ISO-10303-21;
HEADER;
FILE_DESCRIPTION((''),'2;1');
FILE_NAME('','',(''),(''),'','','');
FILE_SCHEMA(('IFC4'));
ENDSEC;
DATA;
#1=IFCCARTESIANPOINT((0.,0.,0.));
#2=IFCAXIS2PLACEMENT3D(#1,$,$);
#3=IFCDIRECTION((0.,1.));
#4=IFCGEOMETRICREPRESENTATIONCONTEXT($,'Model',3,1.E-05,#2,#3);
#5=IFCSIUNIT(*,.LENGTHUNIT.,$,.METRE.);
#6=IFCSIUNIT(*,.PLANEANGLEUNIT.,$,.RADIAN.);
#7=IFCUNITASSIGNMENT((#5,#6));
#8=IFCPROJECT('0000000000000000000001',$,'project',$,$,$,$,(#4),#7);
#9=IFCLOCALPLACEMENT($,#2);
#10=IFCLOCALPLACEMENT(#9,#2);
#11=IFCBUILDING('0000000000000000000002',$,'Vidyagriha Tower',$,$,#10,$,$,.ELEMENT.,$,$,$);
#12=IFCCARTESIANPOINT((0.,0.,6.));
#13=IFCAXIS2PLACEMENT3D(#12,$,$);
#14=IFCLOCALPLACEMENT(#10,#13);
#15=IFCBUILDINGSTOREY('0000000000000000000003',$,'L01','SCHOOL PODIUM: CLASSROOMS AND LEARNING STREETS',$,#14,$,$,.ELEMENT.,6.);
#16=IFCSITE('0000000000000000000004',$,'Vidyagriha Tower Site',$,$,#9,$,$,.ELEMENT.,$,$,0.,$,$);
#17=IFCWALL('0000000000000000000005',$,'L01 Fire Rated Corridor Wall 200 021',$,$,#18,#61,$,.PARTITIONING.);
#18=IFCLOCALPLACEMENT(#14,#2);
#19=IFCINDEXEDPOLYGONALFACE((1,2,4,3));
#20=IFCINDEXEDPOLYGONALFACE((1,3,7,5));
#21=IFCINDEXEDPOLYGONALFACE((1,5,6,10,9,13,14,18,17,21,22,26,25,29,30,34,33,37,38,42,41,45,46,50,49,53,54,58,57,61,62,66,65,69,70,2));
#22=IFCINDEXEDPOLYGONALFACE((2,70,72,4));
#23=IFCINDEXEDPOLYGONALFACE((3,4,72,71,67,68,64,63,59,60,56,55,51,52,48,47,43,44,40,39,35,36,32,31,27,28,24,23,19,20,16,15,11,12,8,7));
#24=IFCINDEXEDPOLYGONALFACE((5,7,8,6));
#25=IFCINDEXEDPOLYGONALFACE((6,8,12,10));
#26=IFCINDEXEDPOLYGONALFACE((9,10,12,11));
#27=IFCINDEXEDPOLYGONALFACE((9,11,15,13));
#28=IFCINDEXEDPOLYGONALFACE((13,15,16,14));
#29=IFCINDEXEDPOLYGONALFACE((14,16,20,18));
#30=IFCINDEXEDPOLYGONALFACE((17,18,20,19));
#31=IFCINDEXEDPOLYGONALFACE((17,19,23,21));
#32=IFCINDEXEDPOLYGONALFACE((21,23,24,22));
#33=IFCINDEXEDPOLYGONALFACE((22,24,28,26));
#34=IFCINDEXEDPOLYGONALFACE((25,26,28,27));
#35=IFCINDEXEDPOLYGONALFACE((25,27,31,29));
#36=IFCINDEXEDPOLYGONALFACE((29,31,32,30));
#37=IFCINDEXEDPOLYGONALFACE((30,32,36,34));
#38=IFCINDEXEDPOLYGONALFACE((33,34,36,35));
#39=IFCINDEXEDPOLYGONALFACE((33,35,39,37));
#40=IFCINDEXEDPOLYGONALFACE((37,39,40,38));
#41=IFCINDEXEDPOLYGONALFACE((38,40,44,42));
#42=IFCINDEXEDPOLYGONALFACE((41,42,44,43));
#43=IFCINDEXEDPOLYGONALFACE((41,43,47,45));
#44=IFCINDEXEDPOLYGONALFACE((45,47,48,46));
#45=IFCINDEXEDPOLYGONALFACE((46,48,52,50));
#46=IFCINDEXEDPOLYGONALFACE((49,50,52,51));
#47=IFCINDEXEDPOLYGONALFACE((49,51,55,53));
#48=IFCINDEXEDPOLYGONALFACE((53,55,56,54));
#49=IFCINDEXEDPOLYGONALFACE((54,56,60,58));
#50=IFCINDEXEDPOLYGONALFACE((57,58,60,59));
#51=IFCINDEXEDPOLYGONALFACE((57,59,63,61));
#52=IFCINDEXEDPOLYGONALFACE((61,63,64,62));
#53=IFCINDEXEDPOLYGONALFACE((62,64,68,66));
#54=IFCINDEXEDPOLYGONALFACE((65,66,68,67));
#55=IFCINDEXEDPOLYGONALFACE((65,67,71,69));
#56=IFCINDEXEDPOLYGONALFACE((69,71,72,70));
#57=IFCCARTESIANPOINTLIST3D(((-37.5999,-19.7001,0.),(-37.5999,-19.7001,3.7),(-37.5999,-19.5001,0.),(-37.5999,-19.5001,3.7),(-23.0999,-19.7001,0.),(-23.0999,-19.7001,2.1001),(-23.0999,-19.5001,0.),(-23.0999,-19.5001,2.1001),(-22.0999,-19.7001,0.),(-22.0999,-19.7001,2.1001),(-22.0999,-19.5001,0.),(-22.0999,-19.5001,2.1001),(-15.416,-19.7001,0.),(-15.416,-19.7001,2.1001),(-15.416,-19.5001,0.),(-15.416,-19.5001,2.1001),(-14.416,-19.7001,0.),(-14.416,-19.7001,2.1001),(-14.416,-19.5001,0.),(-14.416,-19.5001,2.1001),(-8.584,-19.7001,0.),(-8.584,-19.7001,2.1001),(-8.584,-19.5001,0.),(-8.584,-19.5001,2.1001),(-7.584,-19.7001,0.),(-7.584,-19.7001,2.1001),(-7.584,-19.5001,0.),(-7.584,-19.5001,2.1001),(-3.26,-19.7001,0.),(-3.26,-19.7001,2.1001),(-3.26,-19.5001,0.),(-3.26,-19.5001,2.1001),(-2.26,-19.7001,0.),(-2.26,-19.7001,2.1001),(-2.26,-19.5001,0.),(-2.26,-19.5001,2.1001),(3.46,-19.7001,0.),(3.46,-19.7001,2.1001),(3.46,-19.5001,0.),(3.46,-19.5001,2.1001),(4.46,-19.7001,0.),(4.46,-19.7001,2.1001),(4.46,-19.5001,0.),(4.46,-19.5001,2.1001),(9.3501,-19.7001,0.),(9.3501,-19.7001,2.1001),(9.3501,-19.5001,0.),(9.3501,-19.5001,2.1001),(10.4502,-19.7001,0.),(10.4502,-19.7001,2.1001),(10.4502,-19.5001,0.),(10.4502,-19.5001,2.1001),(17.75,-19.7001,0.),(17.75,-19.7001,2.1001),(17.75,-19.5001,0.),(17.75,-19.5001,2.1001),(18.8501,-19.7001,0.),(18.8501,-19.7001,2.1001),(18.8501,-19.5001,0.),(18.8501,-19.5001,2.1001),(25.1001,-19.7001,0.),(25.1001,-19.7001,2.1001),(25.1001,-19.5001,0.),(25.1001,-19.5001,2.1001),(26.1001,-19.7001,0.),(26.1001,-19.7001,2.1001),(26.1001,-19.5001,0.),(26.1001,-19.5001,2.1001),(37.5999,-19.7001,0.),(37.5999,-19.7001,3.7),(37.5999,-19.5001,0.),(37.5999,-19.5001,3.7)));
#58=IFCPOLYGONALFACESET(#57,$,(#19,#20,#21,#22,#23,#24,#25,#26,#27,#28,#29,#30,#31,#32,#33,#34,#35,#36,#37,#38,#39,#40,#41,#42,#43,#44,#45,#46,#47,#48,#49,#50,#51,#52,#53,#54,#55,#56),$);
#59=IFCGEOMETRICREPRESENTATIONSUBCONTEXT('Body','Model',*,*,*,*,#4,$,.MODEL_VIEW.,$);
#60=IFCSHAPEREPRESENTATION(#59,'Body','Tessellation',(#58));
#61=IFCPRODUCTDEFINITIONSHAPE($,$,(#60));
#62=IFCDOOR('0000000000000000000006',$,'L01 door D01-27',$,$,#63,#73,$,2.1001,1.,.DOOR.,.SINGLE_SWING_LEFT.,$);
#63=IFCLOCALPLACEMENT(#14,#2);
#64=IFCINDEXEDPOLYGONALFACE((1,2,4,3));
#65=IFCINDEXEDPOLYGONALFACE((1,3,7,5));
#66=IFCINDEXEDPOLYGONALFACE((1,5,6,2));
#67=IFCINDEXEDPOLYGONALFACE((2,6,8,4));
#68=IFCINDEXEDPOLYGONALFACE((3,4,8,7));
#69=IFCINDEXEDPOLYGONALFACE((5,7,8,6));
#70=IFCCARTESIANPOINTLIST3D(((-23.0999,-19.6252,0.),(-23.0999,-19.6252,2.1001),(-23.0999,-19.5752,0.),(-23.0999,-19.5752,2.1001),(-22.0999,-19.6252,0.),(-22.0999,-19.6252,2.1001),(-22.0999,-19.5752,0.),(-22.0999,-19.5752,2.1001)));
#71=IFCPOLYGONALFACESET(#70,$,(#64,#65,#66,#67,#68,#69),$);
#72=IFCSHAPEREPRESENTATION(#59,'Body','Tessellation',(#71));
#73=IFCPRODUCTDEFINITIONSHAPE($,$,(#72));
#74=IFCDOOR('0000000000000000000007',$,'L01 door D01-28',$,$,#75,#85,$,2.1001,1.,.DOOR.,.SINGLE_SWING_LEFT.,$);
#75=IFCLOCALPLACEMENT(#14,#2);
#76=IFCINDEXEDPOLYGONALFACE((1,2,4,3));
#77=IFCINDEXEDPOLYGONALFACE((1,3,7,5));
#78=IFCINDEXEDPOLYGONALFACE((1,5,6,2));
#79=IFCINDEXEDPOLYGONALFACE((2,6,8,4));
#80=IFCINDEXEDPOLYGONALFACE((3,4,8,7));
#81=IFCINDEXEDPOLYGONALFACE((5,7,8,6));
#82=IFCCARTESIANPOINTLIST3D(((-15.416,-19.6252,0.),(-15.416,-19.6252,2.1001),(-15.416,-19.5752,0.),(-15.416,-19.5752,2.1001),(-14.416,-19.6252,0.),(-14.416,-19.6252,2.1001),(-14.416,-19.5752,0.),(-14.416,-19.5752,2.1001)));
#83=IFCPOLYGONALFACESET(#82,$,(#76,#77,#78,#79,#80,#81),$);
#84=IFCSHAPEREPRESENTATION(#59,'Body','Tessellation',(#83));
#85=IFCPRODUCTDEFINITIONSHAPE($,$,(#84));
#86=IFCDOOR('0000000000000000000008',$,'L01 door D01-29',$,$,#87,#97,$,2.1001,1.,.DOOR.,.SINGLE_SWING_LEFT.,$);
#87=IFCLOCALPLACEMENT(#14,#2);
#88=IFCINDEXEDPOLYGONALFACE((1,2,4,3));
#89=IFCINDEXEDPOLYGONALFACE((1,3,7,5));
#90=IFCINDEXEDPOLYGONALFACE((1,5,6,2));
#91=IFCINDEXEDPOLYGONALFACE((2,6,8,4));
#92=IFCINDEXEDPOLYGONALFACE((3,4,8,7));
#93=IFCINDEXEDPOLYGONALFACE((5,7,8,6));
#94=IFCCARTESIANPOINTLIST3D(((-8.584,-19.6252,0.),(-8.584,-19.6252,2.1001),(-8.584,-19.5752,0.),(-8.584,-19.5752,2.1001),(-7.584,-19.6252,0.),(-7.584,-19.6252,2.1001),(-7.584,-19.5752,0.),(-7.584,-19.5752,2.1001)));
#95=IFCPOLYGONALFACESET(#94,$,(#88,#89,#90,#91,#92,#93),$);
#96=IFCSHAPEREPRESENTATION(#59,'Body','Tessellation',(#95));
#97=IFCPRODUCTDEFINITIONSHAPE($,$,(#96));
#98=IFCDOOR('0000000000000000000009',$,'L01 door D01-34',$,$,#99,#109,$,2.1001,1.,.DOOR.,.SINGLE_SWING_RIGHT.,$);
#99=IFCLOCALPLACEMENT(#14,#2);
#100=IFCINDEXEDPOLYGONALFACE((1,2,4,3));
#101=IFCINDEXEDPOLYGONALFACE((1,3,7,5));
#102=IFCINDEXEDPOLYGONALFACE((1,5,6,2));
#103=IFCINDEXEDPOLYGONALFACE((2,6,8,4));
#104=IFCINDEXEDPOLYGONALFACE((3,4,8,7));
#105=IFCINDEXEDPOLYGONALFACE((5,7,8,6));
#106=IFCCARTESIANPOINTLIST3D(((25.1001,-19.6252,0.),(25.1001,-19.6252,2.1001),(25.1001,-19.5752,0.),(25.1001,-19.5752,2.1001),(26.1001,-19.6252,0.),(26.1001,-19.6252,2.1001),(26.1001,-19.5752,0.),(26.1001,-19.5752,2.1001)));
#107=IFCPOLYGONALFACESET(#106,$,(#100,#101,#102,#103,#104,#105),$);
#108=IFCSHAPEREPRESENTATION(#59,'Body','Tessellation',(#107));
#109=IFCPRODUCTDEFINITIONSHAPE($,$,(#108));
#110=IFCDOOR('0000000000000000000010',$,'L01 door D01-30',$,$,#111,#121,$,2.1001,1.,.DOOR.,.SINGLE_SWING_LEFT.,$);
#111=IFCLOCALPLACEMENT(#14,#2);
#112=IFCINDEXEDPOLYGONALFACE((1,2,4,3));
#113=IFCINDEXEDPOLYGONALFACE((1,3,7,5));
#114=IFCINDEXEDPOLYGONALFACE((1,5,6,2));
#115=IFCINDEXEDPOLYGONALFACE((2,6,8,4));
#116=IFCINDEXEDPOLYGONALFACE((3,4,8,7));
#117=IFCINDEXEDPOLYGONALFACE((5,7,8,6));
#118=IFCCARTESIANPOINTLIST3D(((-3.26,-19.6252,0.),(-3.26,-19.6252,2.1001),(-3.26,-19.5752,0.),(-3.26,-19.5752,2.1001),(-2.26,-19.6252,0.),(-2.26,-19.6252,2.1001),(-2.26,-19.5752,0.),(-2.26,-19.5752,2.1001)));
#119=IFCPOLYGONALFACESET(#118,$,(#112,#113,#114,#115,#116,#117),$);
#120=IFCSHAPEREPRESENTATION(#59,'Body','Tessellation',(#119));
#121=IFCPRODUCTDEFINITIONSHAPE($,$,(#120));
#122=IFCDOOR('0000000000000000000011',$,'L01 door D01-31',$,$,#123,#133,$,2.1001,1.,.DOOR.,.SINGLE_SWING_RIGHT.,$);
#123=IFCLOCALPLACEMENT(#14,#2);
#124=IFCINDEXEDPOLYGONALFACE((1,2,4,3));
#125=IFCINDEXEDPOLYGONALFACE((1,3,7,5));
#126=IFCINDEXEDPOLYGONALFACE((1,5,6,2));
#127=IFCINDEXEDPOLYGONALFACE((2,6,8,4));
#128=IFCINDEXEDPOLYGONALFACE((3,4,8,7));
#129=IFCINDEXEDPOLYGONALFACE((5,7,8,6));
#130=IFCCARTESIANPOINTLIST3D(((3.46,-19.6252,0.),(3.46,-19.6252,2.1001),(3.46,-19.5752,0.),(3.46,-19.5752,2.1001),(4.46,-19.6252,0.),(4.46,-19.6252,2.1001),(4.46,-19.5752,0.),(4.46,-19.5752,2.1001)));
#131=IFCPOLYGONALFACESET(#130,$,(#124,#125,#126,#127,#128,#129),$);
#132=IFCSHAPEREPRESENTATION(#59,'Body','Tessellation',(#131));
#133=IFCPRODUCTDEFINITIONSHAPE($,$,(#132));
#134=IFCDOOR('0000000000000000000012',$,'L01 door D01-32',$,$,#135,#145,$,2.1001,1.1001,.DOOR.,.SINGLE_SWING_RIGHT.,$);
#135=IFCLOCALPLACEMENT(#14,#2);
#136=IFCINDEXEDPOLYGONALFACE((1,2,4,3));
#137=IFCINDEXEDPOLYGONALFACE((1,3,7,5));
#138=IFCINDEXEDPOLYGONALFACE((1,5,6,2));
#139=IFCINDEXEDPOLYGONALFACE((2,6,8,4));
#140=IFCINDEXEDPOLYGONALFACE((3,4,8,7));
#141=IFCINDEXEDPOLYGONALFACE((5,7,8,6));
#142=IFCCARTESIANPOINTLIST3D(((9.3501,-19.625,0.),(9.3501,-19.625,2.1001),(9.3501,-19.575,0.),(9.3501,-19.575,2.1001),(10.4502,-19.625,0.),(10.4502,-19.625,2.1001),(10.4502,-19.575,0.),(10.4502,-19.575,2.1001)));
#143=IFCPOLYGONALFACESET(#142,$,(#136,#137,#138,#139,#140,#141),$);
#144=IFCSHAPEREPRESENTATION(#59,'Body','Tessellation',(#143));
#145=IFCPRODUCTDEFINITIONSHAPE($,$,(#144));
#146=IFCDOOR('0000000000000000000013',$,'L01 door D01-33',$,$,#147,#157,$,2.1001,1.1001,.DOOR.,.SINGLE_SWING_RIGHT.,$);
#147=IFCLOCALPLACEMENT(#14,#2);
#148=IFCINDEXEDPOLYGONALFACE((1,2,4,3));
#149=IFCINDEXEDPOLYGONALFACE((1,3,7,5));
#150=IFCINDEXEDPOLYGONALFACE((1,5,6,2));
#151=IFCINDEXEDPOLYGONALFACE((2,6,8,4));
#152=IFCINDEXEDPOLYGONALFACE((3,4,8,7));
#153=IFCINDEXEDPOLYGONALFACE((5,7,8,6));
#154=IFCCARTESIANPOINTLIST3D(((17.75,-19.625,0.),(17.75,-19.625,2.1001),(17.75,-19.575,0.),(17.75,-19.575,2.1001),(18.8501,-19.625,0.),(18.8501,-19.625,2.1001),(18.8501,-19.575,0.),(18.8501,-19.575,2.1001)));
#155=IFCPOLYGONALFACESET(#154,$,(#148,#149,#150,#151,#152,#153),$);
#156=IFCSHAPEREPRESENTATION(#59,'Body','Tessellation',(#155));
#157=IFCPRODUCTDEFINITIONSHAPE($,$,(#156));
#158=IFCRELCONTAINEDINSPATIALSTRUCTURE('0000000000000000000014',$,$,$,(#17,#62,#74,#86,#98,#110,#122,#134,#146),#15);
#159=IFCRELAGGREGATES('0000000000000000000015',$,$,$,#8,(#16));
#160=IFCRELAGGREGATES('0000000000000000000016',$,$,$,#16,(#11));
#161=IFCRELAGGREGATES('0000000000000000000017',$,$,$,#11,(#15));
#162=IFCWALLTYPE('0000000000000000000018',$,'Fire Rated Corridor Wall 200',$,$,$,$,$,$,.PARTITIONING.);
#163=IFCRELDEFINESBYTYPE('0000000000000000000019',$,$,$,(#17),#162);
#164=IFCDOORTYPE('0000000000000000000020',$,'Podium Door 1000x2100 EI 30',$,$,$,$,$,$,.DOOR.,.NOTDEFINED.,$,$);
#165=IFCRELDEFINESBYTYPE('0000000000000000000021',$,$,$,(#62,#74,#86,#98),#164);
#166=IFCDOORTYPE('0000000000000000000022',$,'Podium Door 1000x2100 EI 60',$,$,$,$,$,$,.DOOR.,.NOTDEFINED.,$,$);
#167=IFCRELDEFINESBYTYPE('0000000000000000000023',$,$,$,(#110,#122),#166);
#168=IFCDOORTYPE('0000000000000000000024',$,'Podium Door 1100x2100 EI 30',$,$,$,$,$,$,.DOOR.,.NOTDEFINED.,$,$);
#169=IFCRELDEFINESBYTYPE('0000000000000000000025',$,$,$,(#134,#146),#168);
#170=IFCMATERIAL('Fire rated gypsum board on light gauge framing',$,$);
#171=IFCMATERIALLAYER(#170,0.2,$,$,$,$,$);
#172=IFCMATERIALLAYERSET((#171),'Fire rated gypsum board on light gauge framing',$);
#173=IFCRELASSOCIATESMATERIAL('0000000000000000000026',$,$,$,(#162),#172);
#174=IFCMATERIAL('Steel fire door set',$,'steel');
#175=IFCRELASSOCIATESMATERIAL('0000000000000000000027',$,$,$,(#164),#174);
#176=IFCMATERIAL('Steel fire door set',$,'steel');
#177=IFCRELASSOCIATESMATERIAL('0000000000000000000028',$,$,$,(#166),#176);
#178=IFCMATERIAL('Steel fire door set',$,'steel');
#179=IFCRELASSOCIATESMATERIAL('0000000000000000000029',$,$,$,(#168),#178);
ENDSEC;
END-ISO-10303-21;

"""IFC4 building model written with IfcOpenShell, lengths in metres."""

from ifc_helpers import new_model, si_unit, direction, frame, frame_2d, origin, place, context, subcontext, project, spatial, rectangle, extrude, material, layer, layer_set, type_object, element, fill, save


model = new_model("IFC4")

# Units and contexts
model_context = context("Model", 3, precision=1e-05, world=origin(), true_north=direction((0.0, 1.0)))
body_context = subcontext(model_context, "Body", "Model", "MODEL_VIEW")
ifc_project = project(units=[si_unit("LENGTHUNIT", "METRE"), si_unit("PLANEANGLEUNIT", "RADIAN")], contexts=[model_context])

# Site, building, storey
site_placement = place(None, origin())
site = spatial("IfcSite", under=ifc_project, at=site_placement, Name="Vidyagriha Tower Site", CompositionType="ELEMENT", RefElevation=0.0)
building_placement = place(site_placement, origin())
building = spatial("IfcBuilding", under=site, at=building_placement, Name="Vidyagriha Tower", CompositionType="ELEMENT")
storey_placement = place(building_placement, frame((0.0, 0.0, 6.0)))
storey = spatial("IfcBuildingStorey", under=building, at=storey_placement, Name="L01", Description="SCHOOL PODIUM: CLASSROOMS AND LEARNING STREETS", CompositionType="ELEMENT", Elevation=6.0)

# Wall, openings, doors
ifc_material_1 = material(Name="Fire rated gypsum board on light gauge framing")
ifc_layer_1 = layer(ifc_material_1, 0.2)
ifc_layer_set_1 = layer_set([ifc_layer_1], Name="Fire rated gypsum board on light gauge framing")
wall_type = type_object("IfcWallType", Name="Fire Rated Corridor Wall 200", PredefinedType="PARTITIONING", material=ifc_layer_set_1)
wall_1_placement = place(storey_placement, frame((-37.5999, -19.6001, 0.0)))
wall_1 = element("IfcWall", 1, at=wall_1_placement, inside=storey, type_object=wall_type, Name="L01 Fire Rated Corridor Wall 200 021", PredefinedType="PARTITIONING", context=body_context, shape_type="SweptSolid", body=[
    extrude(rectangle(XDim=75.1997, YDim=0.2, at=frame_2d((37.5999, 0.0))), origin(), (0.0, 0.0, 1.0), 3.7),
])
opening_1_placement = place(wall_1_placement, frame((14.5, 0.0, 0.0)))
opening_1 = element("IfcOpeningElement", 2, at=opening_1_placement, cuts=wall_1, PredefinedType="OPENING", context=body_context, shape_type="SweptSolid", body=[
    extrude(rectangle(XDim=1.0, YDim=2.1001, at=frame_2d((0.5, 1.05))), frame((0.0, 0.1099, 0.0), z_axis=(0.0, -1.0, 0.0), x_axis=(1.0, 0.0, 0.0)), (0.0, 0.0, 1.0), 0.22),
])
opening_2_placement = place(wall_1_placement, frame((22.1838, 0.0, 0.0)))
opening_2 = element("IfcOpeningElement", 3, at=opening_2_placement, cuts=wall_1, PredefinedType="OPENING", context=body_context, shape_type="SweptSolid", body=[
    extrude(rectangle(XDim=1.0, YDim=2.1001, at=frame_2d((0.5, 1.05))), frame((0.0, 0.1099, 0.0), z_axis=(0.0, -1.0, 0.0), x_axis=(1.0, 0.0, 0.0)), (0.0, 0.0, 1.0), 0.22),
])
opening_3_placement = place(wall_1_placement, frame((29.0159, 0.0, 0.0)))
opening_3 = element("IfcOpeningElement", 4, at=opening_3_placement, cuts=wall_1, PredefinedType="OPENING", context=body_context, shape_type="SweptSolid", body=[
    extrude(rectangle(XDim=1.0, YDim=2.1001, at=frame_2d((0.5, 1.05))), frame((0.0, 0.1099, 0.0), z_axis=(0.0, -1.0, 0.0), x_axis=(1.0, 0.0, 0.0)), (0.0, 0.0, 1.0), 0.22),
])
opening_4_placement = place(wall_1_placement, frame((34.3398, 0.0, 0.0)))
opening_4 = element("IfcOpeningElement", 5, at=opening_4_placement, cuts=wall_1, PredefinedType="OPENING", context=body_context, shape_type="SweptSolid", body=[
    extrude(rectangle(XDim=1.0, YDim=2.1001, at=frame_2d((0.5, 1.05))), frame((0.0, 0.1099, 0.0), z_axis=(0.0, -1.0, 0.0), x_axis=(1.0, 0.0, 0.0)), (0.0, 0.0, 1.0), 0.22),
])
opening_5_placement = place(wall_1_placement, frame((41.0598, 0.0, 0.0)))
opening_5 = element("IfcOpeningElement", 6, at=opening_5_placement, cuts=wall_1, PredefinedType="OPENING", context=body_context, shape_type="SweptSolid", body=[
    extrude(rectangle(XDim=1.0, YDim=2.1001, at=frame_2d((0.5, 1.05))), frame((0.0, 0.1099, 0.0), z_axis=(0.0, -1.0, 0.0), x_axis=(1.0, 0.0, 0.0)), (0.0, 0.0, 1.0), 0.22),
])
opening_6_placement = place(wall_1_placement, frame((46.95, 0.0, 0.0)))
opening_6 = element("IfcOpeningElement", 7, at=opening_6_placement, cuts=wall_1, PredefinedType="OPENING", context=body_context, shape_type="SweptSolid", body=[
    extrude(rectangle(XDim=1.1001, YDim=2.1001, at=frame_2d((0.55, 1.05))), frame((0.0, 0.1099, 0.0), z_axis=(0.0, -1.0, 0.0), x_axis=(1.0, 0.0, 0.0)), (0.0, 0.0, 1.0), 0.22),
])
opening_7_placement = place(wall_1_placement, frame((55.3499, 0.0, 0.0)))
opening_7 = element("IfcOpeningElement", 8, at=opening_7_placement, cuts=wall_1, PredefinedType="OPENING", context=body_context, shape_type="SweptSolid", body=[
    extrude(rectangle(XDim=1.1001, YDim=2.1001, at=frame_2d((0.55, 1.05))), frame((0.0, 0.1099, 0.0), z_axis=(0.0, -1.0, 0.0), x_axis=(1.0, 0.0, 0.0)), (0.0, 0.0, 1.0), 0.22),
])
opening_8_placement = place(wall_1_placement, frame((62.7, 0.0, 0.0)))
opening_8 = element("IfcOpeningElement", 9, at=opening_8_placement, cuts=wall_1, PredefinedType="OPENING", context=body_context, shape_type="SweptSolid", body=[
    extrude(rectangle(XDim=1.0, YDim=2.1001, at=frame_2d((0.5, 1.05))), frame((0.0, 0.1099, 0.0), z_axis=(0.0, -1.0, 0.0), x_axis=(1.0, 0.0, 0.0)), (0.0, 0.0, 1.0), 0.22),
])
ifc_material_2 = material(Name="Steel fire door set", Category="steel")
door_type_1 = type_object("IfcDoorType", Name="Podium Door 1000x2100 EI 30", OperationType="NOTDEFINED", PredefinedType="DOOR", material=ifc_material_2)
door_1_placement = place(opening_1_placement, origin())
door_1 = element("IfcDoor", 10, at=door_1_placement, inside=storey, type_object=door_type_1, Name="L01 door D01-27", OperationType="SINGLE_SWING_LEFT", OverallHeight=2.1001, OverallWidth=1.0, PredefinedType="DOOR", context=body_context, shape_type="SweptSolid", body=[
    extrude(rectangle(XDim=1.0, YDim=2.1001, at=frame_2d((0.5, 1.05))), frame((0.0, 0.0249, 0.0), z_axis=(0.0, -1.0, 0.0), x_axis=(1.0, 0.0, 0.0)), (0.0, 0.0, 1.0), 0.05),
])
fill(opening_1, door_1)
door_2_placement = place(opening_2_placement, origin())
door_2 = element("IfcDoor", 11, at=door_2_placement, inside=storey, type_object=door_type_1, Name="L01 door D01-28", OperationType="SINGLE_SWING_LEFT", OverallHeight=2.1001, OverallWidth=1.0, PredefinedType="DOOR", context=body_context, shape_type="SweptSolid", body=[
    extrude(rectangle(XDim=1.0, YDim=2.1001, at=frame_2d((0.5, 1.05))), frame((0.0, 0.0249, 0.0), z_axis=(0.0, -1.0, 0.0), x_axis=(1.0, 0.0, 0.0)), (0.0, 0.0, 1.0), 0.05),
])
fill(opening_2, door_2)
door_3_placement = place(opening_3_placement, origin())
door_3 = element("IfcDoor", 12, at=door_3_placement, inside=storey, type_object=door_type_1, Name="L01 door D01-29", OperationType="SINGLE_SWING_LEFT", OverallHeight=2.1001, OverallWidth=1.0, PredefinedType="DOOR", context=body_context, shape_type="SweptSolid", body=[
    extrude(rectangle(XDim=1.0, YDim=2.1001, at=frame_2d((0.5, 1.05))), frame((0.0, 0.0249, 0.0), z_axis=(0.0, -1.0, 0.0), x_axis=(1.0, 0.0, 0.0)), (0.0, 0.0, 1.0), 0.05),
])
fill(opening_3, door_3)
door_4_placement = place(opening_8_placement, origin())
door_4 = element("IfcDoor", 13, at=door_4_placement, inside=storey, type_object=door_type_1, Name="L01 door D01-34", OperationType="SINGLE_SWING_RIGHT", OverallHeight=2.1001, OverallWidth=1.0, PredefinedType="DOOR", context=body_context, shape_type="SweptSolid", body=[
    extrude(rectangle(XDim=1.0, YDim=2.1001, at=frame_2d((0.5, 1.05))), frame((0.0, 0.0249, 0.0), z_axis=(0.0, -1.0, 0.0), x_axis=(1.0, 0.0, 0.0)), (0.0, 0.0, 1.0), 0.05),
])
fill(opening_8, door_4)
ifc_material_3 = material(Name="Steel fire door set", Category="steel")
door_type_2 = type_object("IfcDoorType", Name="Podium Door 1000x2100 EI 60", OperationType="NOTDEFINED", PredefinedType="DOOR", material=ifc_material_3)
door_5_placement = place(opening_4_placement, origin())
door_5 = element("IfcDoor", 14, at=door_5_placement, inside=storey, type_object=door_type_2, Name="L01 door D01-30", OperationType="SINGLE_SWING_LEFT", OverallHeight=2.1001, OverallWidth=1.0, PredefinedType="DOOR", context=body_context, shape_type="SweptSolid", body=[
    extrude(rectangle(XDim=1.0, YDim=2.1001, at=frame_2d((0.5, 1.05))), frame((0.0, 0.0249, 0.0), z_axis=(0.0, -1.0, 0.0), x_axis=(1.0, 0.0, 0.0)), (0.0, 0.0, 1.0), 0.05),
])
fill(opening_4, door_5)
door_6_placement = place(opening_5_placement, origin())
door_6 = element("IfcDoor", 15, at=door_6_placement, inside=storey, type_object=door_type_2, Name="L01 door D01-31", OperationType="SINGLE_SWING_RIGHT", OverallHeight=2.1001, OverallWidth=1.0, PredefinedType="DOOR", context=body_context, shape_type="SweptSolid", body=[
    extrude(rectangle(XDim=1.0, YDim=2.1001, at=frame_2d((0.5, 1.05))), frame((0.0, 0.0249, 0.0), z_axis=(0.0, -1.0, 0.0), x_axis=(1.0, 0.0, 0.0)), (0.0, 0.0, 1.0), 0.05),
])
fill(opening_5, door_6)
ifc_material_4 = material(Name="Steel fire door set", Category="steel")
door_type_3 = type_object("IfcDoorType", Name="Podium Door 1100x2100 EI 30", OperationType="NOTDEFINED", PredefinedType="DOOR", material=ifc_material_4)
door_7_placement = place(opening_6_placement, frame((1.1001, 0.0, 0.0), z_axis=(0.0, 0.0, 1.0), x_axis=(-1.0, 0.0, 0.0)))
door_7 = element("IfcDoor", 16, at=door_7_placement, inside=storey, type_object=door_type_3, Name="L01 door D01-32", OperationType="SINGLE_SWING_RIGHT", OverallHeight=2.1001, OverallWidth=1.1001, PredefinedType="DOOR", context=body_context, shape_type="SweptSolid", body=[
    extrude(rectangle(XDim=1.1001, YDim=2.1001, at=frame_2d((0.55, 1.05))), frame((0.0, 0.0249, 0.0), z_axis=(0.0, -1.0, 0.0), x_axis=(1.0, 0.0, 0.0)), (0.0, 0.0, 1.0), 0.05),
])
fill(opening_6, door_7)
door_8_placement = place(opening_7_placement, frame((1.1001, 0.0, 0.0), z_axis=(0.0, 0.0, 1.0), x_axis=(-1.0, 0.0, 0.0)))
door_8 = element("IfcDoor", 17, at=door_8_placement, inside=storey, type_object=door_type_3, Name="L01 door D01-33", OperationType="SINGLE_SWING_RIGHT", OverallHeight=2.1001, OverallWidth=1.1001, PredefinedType="DOOR", context=body_context, shape_type="SweptSolid", body=[
    extrude(rectangle(XDim=1.1001, YDim=2.1001, at=frame_2d((0.55, 1.05))), frame((0.0, 0.0249, 0.0), z_axis=(0.0, -1.0, 0.0), x_axis=(1.0, 0.0, 0.0)), (0.0, 0.0, 1.0), 0.05),
])
fill(opening_7, door_8)

save(model, "model.ifc")
